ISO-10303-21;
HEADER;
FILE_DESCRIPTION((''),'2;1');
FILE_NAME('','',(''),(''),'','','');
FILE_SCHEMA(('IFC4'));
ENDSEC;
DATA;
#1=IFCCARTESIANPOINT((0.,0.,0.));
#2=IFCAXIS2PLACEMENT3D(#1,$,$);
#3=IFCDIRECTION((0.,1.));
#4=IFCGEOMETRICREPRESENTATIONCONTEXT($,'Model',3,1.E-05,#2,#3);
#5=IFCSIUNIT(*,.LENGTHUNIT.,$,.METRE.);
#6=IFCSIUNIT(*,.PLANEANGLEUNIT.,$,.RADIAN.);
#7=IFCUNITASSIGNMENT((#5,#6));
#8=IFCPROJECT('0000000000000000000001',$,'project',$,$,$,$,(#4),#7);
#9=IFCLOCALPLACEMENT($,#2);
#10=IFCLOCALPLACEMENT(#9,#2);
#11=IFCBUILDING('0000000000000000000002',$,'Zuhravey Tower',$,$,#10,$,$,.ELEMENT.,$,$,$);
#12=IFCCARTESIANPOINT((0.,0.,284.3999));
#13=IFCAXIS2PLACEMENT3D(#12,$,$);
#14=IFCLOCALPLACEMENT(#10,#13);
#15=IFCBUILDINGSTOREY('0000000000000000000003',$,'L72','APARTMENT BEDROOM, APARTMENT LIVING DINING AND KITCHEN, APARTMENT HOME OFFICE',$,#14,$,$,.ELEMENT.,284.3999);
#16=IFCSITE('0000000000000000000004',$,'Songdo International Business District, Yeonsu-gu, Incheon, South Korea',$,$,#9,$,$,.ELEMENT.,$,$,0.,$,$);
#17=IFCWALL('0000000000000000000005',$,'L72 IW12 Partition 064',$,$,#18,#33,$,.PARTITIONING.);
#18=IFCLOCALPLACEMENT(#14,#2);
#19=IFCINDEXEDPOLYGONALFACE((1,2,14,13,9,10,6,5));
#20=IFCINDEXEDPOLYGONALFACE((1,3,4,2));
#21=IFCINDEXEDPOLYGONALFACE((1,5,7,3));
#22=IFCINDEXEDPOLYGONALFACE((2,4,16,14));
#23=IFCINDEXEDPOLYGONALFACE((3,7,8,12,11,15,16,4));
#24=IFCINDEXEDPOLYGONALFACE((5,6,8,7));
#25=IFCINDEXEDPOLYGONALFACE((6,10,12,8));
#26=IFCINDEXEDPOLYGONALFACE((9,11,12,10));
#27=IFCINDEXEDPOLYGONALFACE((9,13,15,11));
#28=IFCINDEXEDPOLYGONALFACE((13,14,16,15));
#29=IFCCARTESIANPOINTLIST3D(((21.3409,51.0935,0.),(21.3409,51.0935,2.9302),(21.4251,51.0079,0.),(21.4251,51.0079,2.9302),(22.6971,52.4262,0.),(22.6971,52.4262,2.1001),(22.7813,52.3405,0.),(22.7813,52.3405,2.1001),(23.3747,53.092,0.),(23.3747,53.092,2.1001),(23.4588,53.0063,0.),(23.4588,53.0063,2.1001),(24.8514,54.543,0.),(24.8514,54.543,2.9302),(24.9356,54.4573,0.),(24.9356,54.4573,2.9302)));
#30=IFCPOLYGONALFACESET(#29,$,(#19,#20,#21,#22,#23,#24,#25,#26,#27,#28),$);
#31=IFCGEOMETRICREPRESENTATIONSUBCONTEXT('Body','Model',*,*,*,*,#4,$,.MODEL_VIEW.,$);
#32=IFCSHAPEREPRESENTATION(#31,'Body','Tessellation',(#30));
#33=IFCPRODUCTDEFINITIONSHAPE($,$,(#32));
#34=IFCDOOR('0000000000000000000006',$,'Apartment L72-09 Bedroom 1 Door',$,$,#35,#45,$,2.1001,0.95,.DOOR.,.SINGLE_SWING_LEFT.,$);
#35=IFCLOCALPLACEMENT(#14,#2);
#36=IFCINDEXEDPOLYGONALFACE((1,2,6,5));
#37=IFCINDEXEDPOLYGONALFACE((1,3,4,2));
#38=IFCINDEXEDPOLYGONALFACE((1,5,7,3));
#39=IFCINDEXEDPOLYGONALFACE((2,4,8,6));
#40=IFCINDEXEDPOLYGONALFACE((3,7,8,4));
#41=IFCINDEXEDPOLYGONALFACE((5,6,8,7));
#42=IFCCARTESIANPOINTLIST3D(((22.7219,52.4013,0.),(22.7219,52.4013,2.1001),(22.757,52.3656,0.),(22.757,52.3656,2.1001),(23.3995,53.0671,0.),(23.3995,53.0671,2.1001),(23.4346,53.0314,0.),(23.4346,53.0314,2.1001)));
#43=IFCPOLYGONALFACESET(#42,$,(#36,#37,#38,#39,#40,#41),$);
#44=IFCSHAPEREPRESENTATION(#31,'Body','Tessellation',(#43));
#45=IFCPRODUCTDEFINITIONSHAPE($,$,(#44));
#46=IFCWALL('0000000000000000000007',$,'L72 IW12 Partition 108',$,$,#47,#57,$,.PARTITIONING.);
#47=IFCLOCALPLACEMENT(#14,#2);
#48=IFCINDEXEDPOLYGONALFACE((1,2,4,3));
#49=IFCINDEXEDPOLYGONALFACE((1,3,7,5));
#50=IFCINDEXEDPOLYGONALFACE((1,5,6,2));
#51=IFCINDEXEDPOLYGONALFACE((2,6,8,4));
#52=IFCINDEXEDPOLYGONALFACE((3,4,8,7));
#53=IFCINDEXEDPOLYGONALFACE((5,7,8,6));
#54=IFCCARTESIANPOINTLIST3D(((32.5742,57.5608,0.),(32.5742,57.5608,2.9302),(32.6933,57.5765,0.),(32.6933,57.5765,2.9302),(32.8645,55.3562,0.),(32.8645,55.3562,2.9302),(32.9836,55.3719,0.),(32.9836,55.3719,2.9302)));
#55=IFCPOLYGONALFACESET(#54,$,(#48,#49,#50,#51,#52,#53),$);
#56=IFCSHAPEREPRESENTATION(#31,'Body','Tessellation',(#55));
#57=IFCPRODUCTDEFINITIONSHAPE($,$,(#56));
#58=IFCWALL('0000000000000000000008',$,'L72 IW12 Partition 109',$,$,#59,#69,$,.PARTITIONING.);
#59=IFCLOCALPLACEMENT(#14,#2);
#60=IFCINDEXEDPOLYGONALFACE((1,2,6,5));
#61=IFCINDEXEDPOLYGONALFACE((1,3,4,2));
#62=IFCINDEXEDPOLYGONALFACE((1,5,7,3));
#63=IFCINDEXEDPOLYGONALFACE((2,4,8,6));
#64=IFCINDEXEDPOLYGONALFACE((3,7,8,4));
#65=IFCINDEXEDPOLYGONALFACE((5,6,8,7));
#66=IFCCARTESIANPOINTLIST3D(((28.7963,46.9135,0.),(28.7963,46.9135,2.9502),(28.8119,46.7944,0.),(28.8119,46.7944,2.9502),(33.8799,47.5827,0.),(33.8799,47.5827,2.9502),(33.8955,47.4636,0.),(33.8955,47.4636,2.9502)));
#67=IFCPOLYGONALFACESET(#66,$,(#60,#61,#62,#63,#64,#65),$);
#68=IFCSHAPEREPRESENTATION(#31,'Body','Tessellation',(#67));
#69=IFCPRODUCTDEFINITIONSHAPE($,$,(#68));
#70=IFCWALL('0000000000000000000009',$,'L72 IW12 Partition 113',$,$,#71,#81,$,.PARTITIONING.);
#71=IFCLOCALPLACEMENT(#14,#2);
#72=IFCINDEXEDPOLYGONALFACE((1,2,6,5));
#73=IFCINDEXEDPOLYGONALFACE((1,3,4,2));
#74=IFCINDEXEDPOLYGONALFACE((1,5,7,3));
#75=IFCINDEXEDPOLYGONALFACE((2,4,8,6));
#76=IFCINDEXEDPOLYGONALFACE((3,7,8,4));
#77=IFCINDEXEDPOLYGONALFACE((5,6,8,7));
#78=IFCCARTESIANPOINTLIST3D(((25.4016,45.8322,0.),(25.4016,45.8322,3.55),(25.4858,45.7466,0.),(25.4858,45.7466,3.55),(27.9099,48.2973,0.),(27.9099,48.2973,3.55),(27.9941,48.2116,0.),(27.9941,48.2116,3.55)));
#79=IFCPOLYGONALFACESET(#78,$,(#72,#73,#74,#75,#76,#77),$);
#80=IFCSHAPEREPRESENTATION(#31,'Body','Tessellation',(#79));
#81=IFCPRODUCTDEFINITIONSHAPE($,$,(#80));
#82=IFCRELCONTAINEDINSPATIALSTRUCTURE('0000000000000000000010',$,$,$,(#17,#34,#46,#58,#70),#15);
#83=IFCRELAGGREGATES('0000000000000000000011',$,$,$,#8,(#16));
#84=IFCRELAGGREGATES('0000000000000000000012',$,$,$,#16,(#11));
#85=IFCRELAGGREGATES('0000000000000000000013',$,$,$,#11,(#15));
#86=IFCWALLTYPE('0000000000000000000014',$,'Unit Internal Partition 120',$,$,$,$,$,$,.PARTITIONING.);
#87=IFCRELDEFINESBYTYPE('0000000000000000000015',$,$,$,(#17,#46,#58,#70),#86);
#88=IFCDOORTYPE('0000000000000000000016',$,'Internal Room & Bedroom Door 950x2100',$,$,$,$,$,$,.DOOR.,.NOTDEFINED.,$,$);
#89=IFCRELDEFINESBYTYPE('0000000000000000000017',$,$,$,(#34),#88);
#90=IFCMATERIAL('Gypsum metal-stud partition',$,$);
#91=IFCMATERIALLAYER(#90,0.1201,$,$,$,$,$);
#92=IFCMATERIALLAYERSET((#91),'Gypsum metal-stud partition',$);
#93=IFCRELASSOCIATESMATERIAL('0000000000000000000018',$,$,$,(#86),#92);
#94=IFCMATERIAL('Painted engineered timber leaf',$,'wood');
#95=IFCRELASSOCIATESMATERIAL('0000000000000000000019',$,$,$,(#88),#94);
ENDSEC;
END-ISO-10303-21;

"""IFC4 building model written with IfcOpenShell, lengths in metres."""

from ifc_helpers import new_model, si_unit, direction, frame, frame_2d, origin, place, context, subcontext, project, spatial, rectangle, extrude, material, layer, layer_set, type_object, element, fill, save


model = new_model("IFC4")

# Units and contexts
model_context = context("Model", 3, precision=1e-05, world=origin(), true_north=direction((0.0, 1.0)))
body_context = subcontext(model_context, "Body", "Model", "MODEL_VIEW")
ifc_project = project(units=[si_unit("LENGTHUNIT", "METRE"), si_unit("PLANEANGLEUNIT", "RADIAN")], contexts=[model_context])

# Site, building, storey
site_placement = place(None, origin())
site = spatial("IfcSite", under=ifc_project, at=site_placement, Name="Songdo International Business District, Yeonsu-gu, Incheon, South Korea", CompositionType="ELEMENT", RefElevation=0.0)
building_placement = place(site_placement, origin())
building = spatial("IfcBuilding", under=site, at=building_placement, Name="Zuhravey Tower", CompositionType="ELEMENT")
storey_placement = place(building_placement, frame((0.0, 0.0, 284.3999)))
storey = spatial("IfcBuildingStorey", under=building, at=storey_placement, Name="L72", Description="APARTMENT BEDROOM, APARTMENT LIVING DINING AND KITCHEN, APARTMENT HOME OFFICE", CompositionType="ELEMENT", Elevation=284.3999)

# Wall, opening, door
ifc_material_1 = material(Name="Gypsum metal-stud partition")
ifc_layer_1 = layer(ifc_material_1, 0.1201)
ifc_layer_set_1 = layer_set([ifc_layer_1], Name="Gypsum metal-stud partition")
wall_type_1 = type_object("IfcWallType", Name="Unit Internal Partition 120", PredefinedType="PARTITIONING", material=ifc_layer_set_1)
ifc_material_2 = material(Name="Painted engineered timber leaf", Category="wood")
door_type_1 = type_object("IfcDoorType", Name="Internal Room & Bedroom Door 950x2100", OperationType="NOTDEFINED", PredefinedType="DOOR", material=ifc_material_2)
wall_1_placement = place(storey_placement, frame((24.8936, 54.5002, 0.0), z_axis=(0.0, 0.0, 1.0), x_axis=(-0.71328, -0.700879, 0.0)))
wall_1 = element("IfcWall", 1, at=wall_1_placement, inside=storey, type_object=wall_type_1, Name="L72 IW12 Partition 064", PredefinedType="PARTITIONING", context=body_context, shape_type="SweptSolid", body=[
    extrude(rectangle(XDim=4.9216, YDim=0.1201, at=frame_2d((2.4609, 0.0))), origin(), (0.0, 0.0, 1.0), 2.9302),
])
opening_1_placement = place(wall_1_placement, frame((2.0703, 0.0, 0.0)))
opening_1 = element("IfcOpeningElement", 2, at=opening_1_placement, cuts=wall_1, PredefinedType="OPENING", context=body_context, shape_type="SweptSolid", body=[
    extrude(rectangle(XDim=0.95, YDim=2.1001, at=frame_2d((0.4751, 1.05))), frame((0.0, 0.072, 0.0), z_axis=(0.0, -1.0, 0.0), x_axis=(1.0, 0.0, 0.0)), (0.0, 0.0, 1.0), 0.144),
])
door_1_placement = place(opening_1_placement, frame((0.95, 0.0, 0.0), z_axis=(0.0, 0.0, 1.0), x_axis=(-1.0, 0.0, 0.0)))
door_1 = element("IfcDoor", 3, at=door_1_placement, inside=storey, type_object=door_type_1, Name="Apartment L72-09 Bedroom 1 Door", OperationType="SINGLE_SWING_LEFT", OverallHeight=2.1001, OverallWidth=0.95, PredefinedType="DOOR", context=body_context, shape_type="SweptSolid", body=[
    extrude(rectangle(XDim=0.95, YDim=2.1001, at=frame_2d((0.4751, 1.05))), frame((0.0, 0.0249, 0.0), z_axis=(0.0, -1.0, 0.0), x_axis=(1.0, 0.0, 0.0)), (0.0, 0.0, 1.0), 0.05),
])
fill(opening_1, door_1)

# Walls
wall_2_placement = place(storey_placement, frame((32.9241, 55.364, 0.0), z_axis=(0.0, 0.0, 1.0), x_axis=(-0.130545, 0.991442, 0.0)))
element("IfcWall", 4, at=wall_2_placement, inside=storey, type_object=wall_type_1, Name="L72 IW12 Partition 108", PredefinedType="PARTITIONING", context=body_context, shape_type="SweptSolid", body=[
    extrude(rectangle(XDim=2.2236, YDim=0.1201, at=frame_2d((1.1118, 0.0))), origin(), (0.0, 0.0, 1.0), 2.9302),
])
wall_3_placement = place(storey_placement, frame((33.8877, 47.5232, 0.0), z_axis=(0.0, 0.0, 1.0), x_axis=(-0.991447, -0.130514, 0.0)))
element("IfcWall", 5, at=wall_3_placement, inside=storey, type_object=wall_type_1, Name="L72 IW12 Partition 109", PredefinedType="PARTITIONING", context=body_context, shape_type="SweptSolid", body=[
    extrude(rectangle(XDim=5.1274, YDim=0.1201, at=frame_2d((2.5637, 0.0))), origin(), (0.0, 0.0, 1.0), 2.9502),
])
wall_4_placement = place(storey_placement, frame((27.9519, 48.2544, 0.0), z_axis=(0.0, 0.0, 1.0), x_axis=(-0.713224, -0.700936, 0.0)))
element("IfcWall", 6, at=wall_4_placement, inside=storey, type_object=wall_type_1, Name="L72 IW12 Partition 113", PredefinedType="PARTITIONING", context=body_context, shape_type="SweptSolid", body=[
    extrude(rectangle(XDim=3.5168, YDim=0.1201, at=frame_2d((1.7583, 0.0))), origin(), (0.0, 0.0, 1.0), 3.55),
])

save(model, "model.ifc")
